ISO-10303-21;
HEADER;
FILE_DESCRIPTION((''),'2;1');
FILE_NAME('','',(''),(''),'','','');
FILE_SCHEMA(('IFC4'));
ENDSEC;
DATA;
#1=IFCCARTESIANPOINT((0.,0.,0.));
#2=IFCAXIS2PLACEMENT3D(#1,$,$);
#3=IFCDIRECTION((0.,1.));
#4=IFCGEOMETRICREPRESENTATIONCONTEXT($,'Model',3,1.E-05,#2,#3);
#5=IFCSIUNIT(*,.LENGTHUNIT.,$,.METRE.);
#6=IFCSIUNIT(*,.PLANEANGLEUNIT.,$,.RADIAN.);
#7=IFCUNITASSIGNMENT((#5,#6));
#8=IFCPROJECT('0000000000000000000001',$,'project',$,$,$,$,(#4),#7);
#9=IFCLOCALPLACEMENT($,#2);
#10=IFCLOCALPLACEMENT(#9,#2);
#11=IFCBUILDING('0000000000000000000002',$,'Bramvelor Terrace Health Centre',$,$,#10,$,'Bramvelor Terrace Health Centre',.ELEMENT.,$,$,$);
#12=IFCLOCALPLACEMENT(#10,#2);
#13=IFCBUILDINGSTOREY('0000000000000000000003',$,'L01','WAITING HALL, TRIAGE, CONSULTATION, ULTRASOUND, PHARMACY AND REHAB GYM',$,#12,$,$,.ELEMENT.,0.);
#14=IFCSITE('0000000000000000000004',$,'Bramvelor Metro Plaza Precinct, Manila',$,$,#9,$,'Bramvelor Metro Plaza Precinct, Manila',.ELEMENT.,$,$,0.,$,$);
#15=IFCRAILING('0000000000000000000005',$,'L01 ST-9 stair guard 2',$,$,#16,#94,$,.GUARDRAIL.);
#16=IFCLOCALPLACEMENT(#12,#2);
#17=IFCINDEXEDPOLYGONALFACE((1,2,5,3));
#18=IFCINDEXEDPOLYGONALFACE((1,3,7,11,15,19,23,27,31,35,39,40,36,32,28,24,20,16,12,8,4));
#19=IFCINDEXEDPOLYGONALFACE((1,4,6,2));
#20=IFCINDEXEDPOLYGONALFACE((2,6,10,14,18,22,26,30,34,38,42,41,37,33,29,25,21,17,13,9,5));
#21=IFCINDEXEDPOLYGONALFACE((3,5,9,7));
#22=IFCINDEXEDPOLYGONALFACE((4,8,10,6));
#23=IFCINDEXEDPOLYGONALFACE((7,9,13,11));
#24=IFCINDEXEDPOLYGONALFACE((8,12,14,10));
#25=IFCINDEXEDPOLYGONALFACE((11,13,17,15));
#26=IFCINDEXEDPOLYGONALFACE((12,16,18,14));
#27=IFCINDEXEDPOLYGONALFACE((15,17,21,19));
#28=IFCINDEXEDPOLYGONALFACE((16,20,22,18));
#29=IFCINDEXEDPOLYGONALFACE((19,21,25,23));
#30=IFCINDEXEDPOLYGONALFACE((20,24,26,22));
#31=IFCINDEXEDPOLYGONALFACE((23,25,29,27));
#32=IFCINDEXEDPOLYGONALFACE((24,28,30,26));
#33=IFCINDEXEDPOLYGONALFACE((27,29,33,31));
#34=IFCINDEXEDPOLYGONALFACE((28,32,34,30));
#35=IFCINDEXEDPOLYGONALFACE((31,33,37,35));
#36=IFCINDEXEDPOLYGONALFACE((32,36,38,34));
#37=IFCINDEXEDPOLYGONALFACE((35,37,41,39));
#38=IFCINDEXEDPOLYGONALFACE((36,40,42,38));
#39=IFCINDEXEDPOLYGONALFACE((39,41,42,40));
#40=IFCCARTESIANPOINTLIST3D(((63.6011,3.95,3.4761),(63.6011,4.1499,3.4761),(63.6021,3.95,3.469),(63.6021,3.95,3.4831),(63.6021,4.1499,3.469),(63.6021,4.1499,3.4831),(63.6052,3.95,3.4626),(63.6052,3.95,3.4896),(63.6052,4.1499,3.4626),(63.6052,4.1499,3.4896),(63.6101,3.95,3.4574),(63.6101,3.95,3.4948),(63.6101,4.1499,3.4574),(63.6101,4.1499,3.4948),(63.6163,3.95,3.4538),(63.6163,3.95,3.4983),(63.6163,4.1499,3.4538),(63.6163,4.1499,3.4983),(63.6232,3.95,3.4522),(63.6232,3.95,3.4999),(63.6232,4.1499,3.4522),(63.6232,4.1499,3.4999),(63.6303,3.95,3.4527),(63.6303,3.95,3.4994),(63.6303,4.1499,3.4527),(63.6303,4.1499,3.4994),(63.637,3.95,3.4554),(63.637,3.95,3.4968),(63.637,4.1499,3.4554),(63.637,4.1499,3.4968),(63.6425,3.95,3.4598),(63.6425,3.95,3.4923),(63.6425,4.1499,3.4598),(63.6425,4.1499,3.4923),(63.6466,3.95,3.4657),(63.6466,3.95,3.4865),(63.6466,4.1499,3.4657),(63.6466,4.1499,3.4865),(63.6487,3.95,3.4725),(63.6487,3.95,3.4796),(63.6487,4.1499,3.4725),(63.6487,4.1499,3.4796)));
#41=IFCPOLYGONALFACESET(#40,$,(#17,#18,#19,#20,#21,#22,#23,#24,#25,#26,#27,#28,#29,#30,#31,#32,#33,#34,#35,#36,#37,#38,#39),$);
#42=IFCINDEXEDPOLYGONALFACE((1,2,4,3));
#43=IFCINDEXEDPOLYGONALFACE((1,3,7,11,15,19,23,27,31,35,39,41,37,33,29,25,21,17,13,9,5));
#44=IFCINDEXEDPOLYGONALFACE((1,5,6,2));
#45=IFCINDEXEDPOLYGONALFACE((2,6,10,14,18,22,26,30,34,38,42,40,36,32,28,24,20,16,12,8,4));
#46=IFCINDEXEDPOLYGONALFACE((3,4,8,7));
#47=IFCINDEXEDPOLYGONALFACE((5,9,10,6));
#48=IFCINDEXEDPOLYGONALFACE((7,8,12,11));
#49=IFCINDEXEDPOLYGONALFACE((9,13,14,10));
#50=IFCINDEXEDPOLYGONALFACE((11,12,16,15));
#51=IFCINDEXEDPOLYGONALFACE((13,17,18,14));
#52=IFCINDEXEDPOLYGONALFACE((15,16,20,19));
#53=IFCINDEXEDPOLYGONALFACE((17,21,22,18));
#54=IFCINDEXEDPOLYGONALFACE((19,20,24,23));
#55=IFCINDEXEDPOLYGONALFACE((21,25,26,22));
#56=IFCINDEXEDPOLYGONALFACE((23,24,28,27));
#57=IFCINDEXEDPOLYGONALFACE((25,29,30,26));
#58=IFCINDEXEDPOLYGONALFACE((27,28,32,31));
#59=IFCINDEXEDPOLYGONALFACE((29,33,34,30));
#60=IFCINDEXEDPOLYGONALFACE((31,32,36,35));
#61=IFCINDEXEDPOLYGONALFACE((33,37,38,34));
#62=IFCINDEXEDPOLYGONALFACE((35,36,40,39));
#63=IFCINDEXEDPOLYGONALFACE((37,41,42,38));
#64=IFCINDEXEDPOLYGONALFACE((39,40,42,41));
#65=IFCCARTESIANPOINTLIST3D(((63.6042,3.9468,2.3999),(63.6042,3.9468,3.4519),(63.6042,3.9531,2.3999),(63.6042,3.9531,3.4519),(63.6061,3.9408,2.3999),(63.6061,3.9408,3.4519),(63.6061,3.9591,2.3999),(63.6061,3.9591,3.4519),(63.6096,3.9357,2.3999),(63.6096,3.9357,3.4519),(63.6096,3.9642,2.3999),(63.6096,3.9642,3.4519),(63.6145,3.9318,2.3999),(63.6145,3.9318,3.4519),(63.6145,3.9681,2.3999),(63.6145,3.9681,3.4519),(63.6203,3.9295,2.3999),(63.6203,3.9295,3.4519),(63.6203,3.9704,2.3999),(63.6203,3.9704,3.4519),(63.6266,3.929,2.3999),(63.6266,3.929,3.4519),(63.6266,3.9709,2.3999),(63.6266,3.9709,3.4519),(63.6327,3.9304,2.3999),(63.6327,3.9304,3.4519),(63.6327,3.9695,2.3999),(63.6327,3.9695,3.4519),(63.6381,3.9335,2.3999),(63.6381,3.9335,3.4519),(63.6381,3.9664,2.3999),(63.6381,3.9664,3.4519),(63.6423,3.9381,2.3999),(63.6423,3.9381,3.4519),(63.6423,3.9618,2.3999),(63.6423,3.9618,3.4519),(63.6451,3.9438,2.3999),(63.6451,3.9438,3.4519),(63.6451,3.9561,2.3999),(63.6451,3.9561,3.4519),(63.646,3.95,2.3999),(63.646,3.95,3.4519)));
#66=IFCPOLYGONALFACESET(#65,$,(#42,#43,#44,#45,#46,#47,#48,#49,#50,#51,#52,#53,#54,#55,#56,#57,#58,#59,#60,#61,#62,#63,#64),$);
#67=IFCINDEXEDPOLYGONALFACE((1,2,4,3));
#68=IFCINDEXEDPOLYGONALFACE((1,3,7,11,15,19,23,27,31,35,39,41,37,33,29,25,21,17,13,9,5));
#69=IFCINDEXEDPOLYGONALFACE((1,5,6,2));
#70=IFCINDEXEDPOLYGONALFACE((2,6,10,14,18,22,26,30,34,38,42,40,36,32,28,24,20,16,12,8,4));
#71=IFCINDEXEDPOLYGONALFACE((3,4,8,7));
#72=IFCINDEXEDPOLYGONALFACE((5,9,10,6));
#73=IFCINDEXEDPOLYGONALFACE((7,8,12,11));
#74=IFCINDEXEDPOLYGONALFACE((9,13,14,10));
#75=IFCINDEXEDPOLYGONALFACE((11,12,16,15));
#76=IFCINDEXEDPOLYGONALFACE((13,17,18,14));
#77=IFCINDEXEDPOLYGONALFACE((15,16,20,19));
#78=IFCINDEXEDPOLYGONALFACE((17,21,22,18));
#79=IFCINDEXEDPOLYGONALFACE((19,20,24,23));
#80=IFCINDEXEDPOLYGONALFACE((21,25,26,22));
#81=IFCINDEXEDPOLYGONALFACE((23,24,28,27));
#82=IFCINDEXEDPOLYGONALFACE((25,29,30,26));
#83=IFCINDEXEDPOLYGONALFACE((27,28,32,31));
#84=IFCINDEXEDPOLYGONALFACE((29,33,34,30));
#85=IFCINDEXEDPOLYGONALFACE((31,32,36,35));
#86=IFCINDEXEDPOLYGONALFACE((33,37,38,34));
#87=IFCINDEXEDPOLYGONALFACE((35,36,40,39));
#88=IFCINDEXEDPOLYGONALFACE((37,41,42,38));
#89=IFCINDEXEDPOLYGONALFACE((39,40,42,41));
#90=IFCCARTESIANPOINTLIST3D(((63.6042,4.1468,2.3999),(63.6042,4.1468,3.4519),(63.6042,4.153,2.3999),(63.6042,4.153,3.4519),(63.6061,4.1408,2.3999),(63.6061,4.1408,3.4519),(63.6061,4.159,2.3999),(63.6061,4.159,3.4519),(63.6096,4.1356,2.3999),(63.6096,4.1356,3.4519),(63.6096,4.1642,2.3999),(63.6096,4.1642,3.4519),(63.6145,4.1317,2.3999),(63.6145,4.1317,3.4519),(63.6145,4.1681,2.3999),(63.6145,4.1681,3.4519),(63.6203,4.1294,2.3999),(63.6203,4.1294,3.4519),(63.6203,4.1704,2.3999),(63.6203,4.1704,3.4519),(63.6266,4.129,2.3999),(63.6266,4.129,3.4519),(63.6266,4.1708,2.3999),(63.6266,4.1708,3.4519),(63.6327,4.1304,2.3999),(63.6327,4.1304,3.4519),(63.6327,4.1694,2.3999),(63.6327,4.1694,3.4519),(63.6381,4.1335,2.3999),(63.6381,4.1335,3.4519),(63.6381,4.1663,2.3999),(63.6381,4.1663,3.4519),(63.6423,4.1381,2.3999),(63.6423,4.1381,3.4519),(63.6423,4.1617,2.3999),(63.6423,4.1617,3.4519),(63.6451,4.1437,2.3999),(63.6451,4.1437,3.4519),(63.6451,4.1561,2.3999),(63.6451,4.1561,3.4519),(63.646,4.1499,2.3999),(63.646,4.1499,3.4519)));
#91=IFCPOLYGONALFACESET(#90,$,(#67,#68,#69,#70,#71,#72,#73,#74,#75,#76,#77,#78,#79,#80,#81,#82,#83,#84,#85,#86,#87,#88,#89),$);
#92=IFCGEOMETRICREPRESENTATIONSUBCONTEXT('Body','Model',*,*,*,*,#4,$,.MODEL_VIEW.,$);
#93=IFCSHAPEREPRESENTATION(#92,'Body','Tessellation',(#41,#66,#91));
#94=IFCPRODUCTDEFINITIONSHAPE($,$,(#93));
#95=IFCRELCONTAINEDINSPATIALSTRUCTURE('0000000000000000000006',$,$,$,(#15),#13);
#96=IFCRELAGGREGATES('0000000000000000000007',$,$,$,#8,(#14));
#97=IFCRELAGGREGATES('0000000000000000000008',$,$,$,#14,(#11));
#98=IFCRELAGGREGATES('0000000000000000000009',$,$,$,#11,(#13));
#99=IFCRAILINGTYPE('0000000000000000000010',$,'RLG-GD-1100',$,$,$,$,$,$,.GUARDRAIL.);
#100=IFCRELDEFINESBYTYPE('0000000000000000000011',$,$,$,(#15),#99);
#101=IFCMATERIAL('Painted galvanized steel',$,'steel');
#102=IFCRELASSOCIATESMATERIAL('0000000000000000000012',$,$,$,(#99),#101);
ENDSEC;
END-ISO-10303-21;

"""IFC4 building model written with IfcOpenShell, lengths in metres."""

from ifc_helpers import new_model, si_unit, direction, frame, origin, origin_2d, place, context, subcontext, project, spatial, circle, extrude, material, type_object, element, save


model = new_model("IFC4")

# Units and contexts
model_context = context("Model", 3, precision=1e-05, world=origin(), true_north=direction((0.0, 1.0)))
body_context = subcontext(model_context, "Body", "Model", "MODEL_VIEW")
ifc_project = project(units=[si_unit("LENGTHUNIT", "METRE"), si_unit("PLANEANGLEUNIT", "RADIAN")], contexts=[model_context])

# Site, building, storey
site_placement = place(None, origin())
site = spatial("IfcSite", under=ifc_project, at=site_placement, Name="Bramvelor Metro Plaza Precinct, Manila", LongName="Bramvelor Metro Plaza Precinct, Manila", CompositionType="ELEMENT", RefElevation=0.0)
building_placement = place(site_placement, origin())
building = spatial("IfcBuilding", under=site, at=building_placement, Name="Bramvelor Terrace Health Centre", LongName="Bramvelor Terrace Health Centre", CompositionType="ELEMENT")
storey_placement = place(building_placement, origin())
storey = spatial("IfcBuildingStorey", under=building, at=storey_placement, Name="L01", Description="WAITING HALL, TRIAGE, CONSULTATION, ULTRASOUND, PHARMACY AND REHAB GYM", CompositionType="ELEMENT", Elevation=0.0)

# Railing
ifc_material_1 = material(Name="Painted galvanized steel", Category="steel")
railing_type_1 = type_object("IfcRailingType", Name="RLG-GD-1100", PredefinedType="GUARDRAIL", material=ifc_material_1)
railing_1_placement = place(storey_placement, frame((63.625, 3.95, 2.3999)))
element("IfcRailing", 1, at=railing_1_placement, inside=storey, type_object=railing_type_1, Name="L01 ST-9 stair guard 2", PredefinedType="GUARDRAIL", context=body_context, shape_type="SweptSolid", body=[
    extrude(circle(Radius=0.0239, at=origin_2d()), frame((0.0, 0.0, 1.0762), z_axis=(0.0, 1.0, 0.0), x_axis=(-1.0, 0.0, 0.0)), (0.0, 0.0, 1.0), 0.2),
    extrude(circle(Radius=0.021, at=origin_2d()), origin(), (0.0, 0.0, 1.0), 1.052),
    extrude(circle(Radius=0.021, at=origin_2d()), frame((0.0, 0.2, 0.0)), (0.0, 0.0, 1.0), 1.052),
])

save(model, "model.ifc")
